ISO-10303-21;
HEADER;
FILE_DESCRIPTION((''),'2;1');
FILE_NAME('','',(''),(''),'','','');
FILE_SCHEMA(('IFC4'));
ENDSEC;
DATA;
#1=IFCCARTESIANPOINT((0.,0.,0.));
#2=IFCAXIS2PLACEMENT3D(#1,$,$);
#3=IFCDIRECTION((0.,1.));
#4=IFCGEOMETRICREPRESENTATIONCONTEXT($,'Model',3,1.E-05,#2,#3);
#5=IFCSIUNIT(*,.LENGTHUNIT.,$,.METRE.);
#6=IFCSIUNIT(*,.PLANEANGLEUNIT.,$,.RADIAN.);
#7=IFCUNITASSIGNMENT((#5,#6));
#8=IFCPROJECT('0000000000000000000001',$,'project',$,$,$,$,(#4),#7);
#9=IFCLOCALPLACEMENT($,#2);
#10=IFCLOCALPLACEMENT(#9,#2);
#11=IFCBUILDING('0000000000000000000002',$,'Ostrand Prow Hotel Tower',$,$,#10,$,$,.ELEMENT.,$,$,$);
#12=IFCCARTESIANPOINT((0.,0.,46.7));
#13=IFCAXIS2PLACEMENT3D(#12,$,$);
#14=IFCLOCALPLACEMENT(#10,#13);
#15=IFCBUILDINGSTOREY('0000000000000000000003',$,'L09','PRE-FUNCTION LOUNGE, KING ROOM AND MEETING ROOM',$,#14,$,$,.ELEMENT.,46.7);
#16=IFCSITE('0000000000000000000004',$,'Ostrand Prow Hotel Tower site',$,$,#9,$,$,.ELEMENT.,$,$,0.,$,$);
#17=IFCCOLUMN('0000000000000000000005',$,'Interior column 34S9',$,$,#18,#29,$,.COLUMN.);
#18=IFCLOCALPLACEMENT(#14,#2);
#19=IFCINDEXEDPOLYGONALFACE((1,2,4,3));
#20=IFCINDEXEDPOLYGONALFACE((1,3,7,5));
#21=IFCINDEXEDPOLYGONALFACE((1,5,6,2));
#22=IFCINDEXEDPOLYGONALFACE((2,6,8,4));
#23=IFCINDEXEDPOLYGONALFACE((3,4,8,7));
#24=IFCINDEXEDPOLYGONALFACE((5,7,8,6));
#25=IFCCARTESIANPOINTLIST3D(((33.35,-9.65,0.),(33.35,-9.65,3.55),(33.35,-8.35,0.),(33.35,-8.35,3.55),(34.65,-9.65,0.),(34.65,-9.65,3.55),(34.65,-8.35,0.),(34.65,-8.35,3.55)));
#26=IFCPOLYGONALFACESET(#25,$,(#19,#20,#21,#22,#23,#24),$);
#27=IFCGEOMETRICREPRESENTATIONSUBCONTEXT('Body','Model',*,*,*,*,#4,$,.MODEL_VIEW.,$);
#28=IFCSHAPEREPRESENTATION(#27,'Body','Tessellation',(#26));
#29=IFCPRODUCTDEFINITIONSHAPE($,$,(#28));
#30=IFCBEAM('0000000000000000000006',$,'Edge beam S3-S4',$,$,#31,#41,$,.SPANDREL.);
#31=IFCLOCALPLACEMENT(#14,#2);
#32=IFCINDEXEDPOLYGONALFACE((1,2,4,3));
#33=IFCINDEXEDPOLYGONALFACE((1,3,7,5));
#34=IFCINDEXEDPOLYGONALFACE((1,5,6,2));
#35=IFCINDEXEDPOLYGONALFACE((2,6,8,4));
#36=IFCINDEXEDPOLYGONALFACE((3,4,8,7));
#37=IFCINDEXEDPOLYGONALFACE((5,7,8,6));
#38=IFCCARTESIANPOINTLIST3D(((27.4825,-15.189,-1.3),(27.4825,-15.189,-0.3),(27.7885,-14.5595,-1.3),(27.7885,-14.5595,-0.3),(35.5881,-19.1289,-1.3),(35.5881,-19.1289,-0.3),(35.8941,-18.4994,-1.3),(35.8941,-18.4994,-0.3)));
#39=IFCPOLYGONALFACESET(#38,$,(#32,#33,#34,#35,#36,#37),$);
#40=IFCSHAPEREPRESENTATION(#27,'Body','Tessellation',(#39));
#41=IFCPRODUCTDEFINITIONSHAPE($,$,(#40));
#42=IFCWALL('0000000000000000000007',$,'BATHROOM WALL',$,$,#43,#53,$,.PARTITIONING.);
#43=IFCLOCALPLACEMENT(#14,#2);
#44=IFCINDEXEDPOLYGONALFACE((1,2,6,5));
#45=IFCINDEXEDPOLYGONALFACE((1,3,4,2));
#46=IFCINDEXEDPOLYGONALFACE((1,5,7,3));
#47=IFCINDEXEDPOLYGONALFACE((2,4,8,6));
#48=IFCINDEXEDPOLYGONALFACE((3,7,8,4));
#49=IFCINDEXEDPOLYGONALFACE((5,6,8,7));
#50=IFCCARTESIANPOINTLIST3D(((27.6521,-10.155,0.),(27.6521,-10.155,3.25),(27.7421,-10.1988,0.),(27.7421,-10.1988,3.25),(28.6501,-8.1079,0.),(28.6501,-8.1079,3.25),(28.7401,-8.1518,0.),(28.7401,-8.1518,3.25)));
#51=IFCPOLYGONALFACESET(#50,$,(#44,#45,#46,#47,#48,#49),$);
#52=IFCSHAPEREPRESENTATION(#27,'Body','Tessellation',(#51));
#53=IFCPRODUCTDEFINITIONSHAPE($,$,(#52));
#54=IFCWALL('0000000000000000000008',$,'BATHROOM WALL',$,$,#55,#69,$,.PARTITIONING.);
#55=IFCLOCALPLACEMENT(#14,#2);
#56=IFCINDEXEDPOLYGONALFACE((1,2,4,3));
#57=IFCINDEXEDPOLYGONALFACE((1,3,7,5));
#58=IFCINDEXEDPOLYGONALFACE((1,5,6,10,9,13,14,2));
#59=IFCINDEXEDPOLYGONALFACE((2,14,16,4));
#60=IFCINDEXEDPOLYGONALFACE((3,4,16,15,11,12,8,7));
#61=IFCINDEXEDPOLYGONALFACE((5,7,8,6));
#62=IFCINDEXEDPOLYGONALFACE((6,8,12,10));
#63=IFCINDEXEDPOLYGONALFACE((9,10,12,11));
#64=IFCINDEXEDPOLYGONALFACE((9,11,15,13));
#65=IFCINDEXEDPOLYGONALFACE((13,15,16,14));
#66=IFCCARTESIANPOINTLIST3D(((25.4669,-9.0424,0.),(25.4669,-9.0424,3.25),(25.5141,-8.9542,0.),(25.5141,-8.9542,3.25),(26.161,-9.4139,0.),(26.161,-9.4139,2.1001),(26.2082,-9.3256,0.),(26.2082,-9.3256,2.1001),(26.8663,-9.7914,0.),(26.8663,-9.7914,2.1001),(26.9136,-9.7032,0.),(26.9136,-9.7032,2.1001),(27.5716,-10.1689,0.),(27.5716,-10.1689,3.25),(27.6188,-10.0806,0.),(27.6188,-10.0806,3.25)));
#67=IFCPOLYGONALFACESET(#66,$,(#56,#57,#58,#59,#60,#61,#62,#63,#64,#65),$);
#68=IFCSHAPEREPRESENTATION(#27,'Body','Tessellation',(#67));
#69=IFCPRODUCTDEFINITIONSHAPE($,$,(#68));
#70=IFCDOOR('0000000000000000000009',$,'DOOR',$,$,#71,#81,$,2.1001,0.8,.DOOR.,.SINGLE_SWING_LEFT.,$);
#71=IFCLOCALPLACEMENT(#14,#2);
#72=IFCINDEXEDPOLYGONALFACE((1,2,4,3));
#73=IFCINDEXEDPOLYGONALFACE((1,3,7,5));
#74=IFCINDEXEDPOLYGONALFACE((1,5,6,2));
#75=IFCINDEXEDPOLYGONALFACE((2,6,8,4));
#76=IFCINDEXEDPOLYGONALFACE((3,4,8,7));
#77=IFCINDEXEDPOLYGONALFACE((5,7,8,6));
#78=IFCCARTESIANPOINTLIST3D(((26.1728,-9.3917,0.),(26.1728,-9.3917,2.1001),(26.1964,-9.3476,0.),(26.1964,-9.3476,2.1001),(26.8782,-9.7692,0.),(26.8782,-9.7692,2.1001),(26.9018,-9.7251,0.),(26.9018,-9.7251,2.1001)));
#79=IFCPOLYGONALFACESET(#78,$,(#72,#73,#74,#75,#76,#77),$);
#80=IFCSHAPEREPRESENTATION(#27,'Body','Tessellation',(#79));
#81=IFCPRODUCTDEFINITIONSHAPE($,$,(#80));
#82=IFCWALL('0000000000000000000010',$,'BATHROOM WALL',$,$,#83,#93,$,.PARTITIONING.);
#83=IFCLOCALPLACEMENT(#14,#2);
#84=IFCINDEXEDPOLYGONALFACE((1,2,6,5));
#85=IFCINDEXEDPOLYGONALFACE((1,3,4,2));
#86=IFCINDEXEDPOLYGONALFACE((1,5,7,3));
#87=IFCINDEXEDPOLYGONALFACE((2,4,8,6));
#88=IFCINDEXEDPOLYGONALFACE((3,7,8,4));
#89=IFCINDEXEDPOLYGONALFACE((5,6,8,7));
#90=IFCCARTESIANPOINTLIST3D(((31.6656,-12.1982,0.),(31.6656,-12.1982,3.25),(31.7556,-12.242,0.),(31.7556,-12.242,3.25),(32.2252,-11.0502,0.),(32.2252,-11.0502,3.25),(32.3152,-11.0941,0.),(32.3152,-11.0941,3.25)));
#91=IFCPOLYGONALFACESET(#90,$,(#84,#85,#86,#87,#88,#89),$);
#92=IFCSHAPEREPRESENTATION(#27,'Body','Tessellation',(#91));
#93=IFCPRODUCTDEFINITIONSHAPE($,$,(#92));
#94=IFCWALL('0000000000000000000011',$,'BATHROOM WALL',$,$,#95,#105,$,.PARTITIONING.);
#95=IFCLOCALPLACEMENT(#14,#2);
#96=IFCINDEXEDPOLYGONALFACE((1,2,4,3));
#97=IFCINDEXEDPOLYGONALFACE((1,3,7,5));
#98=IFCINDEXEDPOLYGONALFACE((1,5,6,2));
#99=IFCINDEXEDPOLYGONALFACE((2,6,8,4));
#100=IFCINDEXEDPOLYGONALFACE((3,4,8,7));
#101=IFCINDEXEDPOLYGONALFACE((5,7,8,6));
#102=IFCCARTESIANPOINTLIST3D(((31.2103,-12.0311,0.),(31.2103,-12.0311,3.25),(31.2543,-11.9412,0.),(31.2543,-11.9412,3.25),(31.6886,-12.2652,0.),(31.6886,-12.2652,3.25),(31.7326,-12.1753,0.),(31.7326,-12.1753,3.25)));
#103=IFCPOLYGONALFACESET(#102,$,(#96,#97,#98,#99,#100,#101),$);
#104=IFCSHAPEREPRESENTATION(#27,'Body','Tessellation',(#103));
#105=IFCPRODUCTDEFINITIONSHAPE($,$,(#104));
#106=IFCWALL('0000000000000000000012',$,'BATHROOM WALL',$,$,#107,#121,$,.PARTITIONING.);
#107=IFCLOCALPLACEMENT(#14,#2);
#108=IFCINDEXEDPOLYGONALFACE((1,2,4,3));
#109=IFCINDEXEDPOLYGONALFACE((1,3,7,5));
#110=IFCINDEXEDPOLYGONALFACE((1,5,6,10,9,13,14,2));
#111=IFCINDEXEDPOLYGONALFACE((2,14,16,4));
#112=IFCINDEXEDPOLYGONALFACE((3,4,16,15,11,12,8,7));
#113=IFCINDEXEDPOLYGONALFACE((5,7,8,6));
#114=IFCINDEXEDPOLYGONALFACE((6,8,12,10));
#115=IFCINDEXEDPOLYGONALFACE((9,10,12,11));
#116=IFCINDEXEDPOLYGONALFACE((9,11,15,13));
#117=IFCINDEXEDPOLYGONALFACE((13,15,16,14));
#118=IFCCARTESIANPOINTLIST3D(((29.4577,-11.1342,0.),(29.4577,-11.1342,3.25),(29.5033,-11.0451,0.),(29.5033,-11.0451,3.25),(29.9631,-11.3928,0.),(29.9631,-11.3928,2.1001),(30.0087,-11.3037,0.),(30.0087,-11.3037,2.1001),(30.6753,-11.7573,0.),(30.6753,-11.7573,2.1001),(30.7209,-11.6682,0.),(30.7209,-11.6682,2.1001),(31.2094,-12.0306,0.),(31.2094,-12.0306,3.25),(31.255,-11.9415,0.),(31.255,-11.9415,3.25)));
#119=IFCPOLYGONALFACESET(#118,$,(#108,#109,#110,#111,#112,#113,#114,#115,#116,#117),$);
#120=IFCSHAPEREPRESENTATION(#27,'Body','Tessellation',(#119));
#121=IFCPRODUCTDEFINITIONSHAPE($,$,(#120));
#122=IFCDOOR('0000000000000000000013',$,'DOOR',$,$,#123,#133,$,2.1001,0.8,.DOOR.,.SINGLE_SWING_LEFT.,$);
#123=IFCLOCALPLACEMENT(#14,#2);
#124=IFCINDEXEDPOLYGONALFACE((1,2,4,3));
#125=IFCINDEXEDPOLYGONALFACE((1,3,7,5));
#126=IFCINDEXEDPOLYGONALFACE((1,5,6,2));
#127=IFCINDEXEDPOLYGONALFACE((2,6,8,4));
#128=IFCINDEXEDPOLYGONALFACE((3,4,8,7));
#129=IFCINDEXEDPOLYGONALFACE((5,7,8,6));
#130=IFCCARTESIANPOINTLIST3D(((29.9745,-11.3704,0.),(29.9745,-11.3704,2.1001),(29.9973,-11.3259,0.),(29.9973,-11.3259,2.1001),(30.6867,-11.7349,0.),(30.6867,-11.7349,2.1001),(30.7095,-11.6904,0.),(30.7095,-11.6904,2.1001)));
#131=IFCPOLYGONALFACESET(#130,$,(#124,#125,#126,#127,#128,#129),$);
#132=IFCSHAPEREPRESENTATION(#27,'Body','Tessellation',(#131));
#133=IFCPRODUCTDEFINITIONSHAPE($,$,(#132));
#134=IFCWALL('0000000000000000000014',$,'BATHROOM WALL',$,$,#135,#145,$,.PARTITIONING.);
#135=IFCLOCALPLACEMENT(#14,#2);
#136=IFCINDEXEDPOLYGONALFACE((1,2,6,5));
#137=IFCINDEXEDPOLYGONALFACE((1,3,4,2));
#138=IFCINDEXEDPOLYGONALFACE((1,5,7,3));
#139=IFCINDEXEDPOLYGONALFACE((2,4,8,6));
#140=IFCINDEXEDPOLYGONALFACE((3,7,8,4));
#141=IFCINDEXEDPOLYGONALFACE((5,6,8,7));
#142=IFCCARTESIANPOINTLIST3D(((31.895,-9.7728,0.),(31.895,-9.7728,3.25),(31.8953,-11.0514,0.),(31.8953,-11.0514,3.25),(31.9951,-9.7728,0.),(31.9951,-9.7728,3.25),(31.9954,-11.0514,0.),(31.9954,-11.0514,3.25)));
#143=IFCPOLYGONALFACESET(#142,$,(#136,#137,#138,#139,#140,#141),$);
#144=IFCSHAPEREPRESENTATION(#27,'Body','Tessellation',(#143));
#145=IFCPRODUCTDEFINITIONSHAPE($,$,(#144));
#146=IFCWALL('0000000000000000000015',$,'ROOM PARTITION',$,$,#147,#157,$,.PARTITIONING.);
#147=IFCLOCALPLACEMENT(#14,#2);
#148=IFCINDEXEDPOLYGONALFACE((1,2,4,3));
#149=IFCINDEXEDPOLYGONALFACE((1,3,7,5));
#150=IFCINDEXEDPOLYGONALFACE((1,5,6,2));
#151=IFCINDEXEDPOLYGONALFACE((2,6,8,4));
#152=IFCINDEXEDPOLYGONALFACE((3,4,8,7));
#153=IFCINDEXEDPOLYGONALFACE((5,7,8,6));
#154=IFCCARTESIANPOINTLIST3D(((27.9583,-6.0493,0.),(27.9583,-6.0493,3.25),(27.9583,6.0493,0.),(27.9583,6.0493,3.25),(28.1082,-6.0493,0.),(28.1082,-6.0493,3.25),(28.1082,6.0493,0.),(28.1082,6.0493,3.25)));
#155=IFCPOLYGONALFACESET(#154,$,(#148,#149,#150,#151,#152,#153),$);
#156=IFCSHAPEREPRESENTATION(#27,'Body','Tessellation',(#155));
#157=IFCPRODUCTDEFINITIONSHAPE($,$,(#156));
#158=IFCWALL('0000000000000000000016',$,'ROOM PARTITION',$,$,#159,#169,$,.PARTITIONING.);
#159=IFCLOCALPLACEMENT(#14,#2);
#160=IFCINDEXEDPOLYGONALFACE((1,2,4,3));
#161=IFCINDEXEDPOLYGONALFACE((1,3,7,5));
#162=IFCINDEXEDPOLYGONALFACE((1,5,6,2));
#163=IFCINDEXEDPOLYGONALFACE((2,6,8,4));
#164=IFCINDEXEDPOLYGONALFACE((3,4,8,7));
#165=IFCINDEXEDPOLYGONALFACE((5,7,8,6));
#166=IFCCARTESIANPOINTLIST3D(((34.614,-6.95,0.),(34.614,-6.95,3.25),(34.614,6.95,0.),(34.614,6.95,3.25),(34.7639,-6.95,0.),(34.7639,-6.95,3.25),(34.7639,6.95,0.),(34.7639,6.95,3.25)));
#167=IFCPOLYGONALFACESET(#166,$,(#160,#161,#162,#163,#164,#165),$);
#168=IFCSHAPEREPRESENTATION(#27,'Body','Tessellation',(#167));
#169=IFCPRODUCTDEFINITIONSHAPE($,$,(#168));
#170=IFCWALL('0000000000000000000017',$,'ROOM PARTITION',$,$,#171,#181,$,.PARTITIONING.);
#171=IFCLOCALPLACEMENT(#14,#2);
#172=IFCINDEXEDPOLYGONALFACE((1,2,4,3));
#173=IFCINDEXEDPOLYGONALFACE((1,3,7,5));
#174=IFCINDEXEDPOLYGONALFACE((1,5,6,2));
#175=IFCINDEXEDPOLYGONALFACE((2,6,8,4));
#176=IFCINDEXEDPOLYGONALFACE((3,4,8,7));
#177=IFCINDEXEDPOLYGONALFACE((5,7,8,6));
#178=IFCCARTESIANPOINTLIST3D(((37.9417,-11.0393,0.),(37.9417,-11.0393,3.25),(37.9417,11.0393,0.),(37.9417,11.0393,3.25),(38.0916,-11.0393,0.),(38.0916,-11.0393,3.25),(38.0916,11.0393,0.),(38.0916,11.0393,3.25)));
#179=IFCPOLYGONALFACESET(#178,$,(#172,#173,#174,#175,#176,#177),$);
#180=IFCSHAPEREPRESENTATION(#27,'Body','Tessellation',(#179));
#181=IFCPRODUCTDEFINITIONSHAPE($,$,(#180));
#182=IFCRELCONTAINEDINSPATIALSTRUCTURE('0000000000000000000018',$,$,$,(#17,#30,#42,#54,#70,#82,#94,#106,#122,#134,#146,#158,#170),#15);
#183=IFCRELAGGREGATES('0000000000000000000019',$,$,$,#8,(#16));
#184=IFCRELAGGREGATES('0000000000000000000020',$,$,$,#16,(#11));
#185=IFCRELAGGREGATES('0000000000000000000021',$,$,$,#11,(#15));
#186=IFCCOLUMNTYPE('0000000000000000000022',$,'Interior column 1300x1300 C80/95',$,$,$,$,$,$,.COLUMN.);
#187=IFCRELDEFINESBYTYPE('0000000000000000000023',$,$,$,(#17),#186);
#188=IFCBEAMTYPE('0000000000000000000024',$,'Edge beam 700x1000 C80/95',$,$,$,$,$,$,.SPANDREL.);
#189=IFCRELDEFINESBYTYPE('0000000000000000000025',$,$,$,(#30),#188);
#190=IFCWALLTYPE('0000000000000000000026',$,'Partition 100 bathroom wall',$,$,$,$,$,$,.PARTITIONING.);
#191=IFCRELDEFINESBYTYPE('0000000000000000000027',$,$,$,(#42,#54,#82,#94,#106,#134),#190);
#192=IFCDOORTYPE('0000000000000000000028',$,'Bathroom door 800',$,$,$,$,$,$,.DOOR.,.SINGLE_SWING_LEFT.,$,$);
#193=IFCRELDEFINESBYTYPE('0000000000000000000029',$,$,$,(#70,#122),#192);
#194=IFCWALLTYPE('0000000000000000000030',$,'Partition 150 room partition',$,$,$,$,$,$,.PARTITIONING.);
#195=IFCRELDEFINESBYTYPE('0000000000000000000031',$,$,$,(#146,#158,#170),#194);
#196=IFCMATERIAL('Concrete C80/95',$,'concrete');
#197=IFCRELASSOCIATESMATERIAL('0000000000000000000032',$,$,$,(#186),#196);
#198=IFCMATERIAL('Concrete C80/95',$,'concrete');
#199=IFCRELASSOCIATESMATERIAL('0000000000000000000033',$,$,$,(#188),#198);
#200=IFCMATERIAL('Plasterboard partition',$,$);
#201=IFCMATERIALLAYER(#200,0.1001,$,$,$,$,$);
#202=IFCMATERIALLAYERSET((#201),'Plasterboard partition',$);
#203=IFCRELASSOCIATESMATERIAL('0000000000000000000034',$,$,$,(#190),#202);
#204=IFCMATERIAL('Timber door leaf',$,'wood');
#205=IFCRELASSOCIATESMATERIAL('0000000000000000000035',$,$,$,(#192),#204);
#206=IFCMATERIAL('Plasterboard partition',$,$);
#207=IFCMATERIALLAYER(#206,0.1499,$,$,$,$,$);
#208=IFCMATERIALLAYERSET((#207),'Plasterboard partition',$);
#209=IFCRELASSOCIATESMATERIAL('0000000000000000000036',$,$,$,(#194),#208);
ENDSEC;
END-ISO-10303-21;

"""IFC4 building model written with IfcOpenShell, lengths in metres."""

from ifc_helpers import new_model, si_unit, direction, frame, frame_2d, origin, origin_2d, place, context, subcontext, project, spatial, rectangle, extrude, material, layer, layer_set, material_profile, profile_set, type_object, element, fill, save


model = new_model("IFC4")

# Units and contexts
model_context = context("Model", 3, precision=1e-05, world=origin(), true_north=direction((0.0, 1.0)))
body_context = subcontext(model_context, "Body", "Model", "MODEL_VIEW")
ifc_project = project(units=[si_unit("LENGTHUNIT", "METRE"), si_unit("PLANEANGLEUNIT", "RADIAN")], contexts=[model_context])

# Site, building, storey
site_placement = place(None, origin())
site = spatial("IfcSite", under=ifc_project, at=site_placement, Name="Ostrand Prow Hotel Tower site", CompositionType="ELEMENT", RefElevation=0.0)
building_placement = place(site_placement, origin())
building = spatial("IfcBuilding", under=site, at=building_placement, Name="Ostrand Prow Hotel Tower", CompositionType="ELEMENT")
storey_placement = place(building_placement, frame((0.0, 0.0, 46.7)))
storey = spatial("IfcBuildingStorey", under=building, at=storey_placement, Name="L09", Description="PRE-FUNCTION LOUNGE, KING ROOM AND MEETING ROOM", CompositionType="ELEMENT", Elevation=46.7)

# Column
ifc_material_1 = material(Name="Concrete C80/95", Category="concrete")
ifc_material_profile_1 = material_profile(ifc_material_1, rectangle(XDim=1.3, YDim=1.3, at=origin_2d()), Name="RC 1300x1300")
ifc_profile_set_1 = profile_set([ifc_material_profile_1], Name="Concrete C80/95")
column_type = type_object("IfcColumnType", Name="Interior column 1300x1300 C80/95", PredefinedType="COLUMN", material=ifc_profile_set_1)
column_placement = place(storey_placement, frame((34.0, -9.0, 0.0), z_axis=(0.0, 0.0, 1.0), x_axis=(1.0, 0.0, 0.0)))
element("IfcColumn", 1, at=column_placement, inside=storey, type_object=column_type, Name="Interior column 34S9", PredefinedType="COLUMN", context=body_context, shape_type="SweptSolid", body=[
    extrude(rectangle(XDim=1.3, YDim=1.3, at=origin_2d()), origin(), (0.0, 0.0, 1.0), 3.55),
])

# Beam
ifc_material_2 = material(Name="Concrete C80/95", Category="concrete")
ifc_material_profile_2 = material_profile(ifc_material_2, rectangle(XDim=0.7, YDim=1.0, at=origin_2d()), Name="RC 700x1000")
ifc_profile_set_2 = profile_set([ifc_material_profile_2], Name="Concrete C80/95")
beam_type = type_object("IfcBeamType", Name="Edge beam 700x1000 C80/95", PredefinedType="SPANDREL", material=ifc_profile_set_2)
beam_placement = place(storey_placement, frame((27.6355, -14.8743, -0.8), z_axis=(0.899382, -0.437163, 0.0), x_axis=(0.437163, 0.899382, 0.0)))
element("IfcBeam", 2, at=beam_placement, inside=storey, type_object=beam_type, Name="Edge beam S3-S4", PredefinedType="SPANDREL", context=body_context, shape_type="SweptSolid", body=[
    extrude(rectangle(XDim=0.7, YDim=1.0, at=origin_2d()), origin(), (0.0, 0.0, 1.0), 9.0125),
])

# Wall
ifc_material_3 = material(Name="Plasterboard partition")
ifc_layer_1 = layer(ifc_material_3, 0.1001)
ifc_layer_set_1 = layer_set([ifc_layer_1], Name="Plasterboard partition")
wall_type_1 = type_object("IfcWallType", Name="Partition 100 bathroom wall", PredefinedType="PARTITIONING", material=ifc_layer_set_1)
wall_1_placement = place(storey_placement, frame((28.6951, -8.1299, 0.0), z_axis=(0.0, 0.0, 1.0), x_axis=(-0.438229, -0.898863, 0.0)))
element("IfcWall", 3, at=wall_1_placement, inside=storey, type_object=wall_type_1, Name="BATHROOM WALL", PredefinedType="PARTITIONING", context=body_context, shape_type="SweptSolid", body=[
    extrude(rectangle(XDim=2.2773, YDim=0.1001, at=frame_2d((1.1387, 0.0))), origin(), (0.0, 0.0, 1.0), 3.25),
])

# Wall, opening, door
wall_2_placement = place(storey_placement, frame((27.5952, -10.1248, 0.0), z_axis=(0.0, 0.0, 1.0), x_axis=(-0.881667, 0.471872, 0.0)))
wall_2 = element("IfcWall", 4, at=wall_2_placement, inside=storey, type_object=wall_type_1, Name="BATHROOM WALL", PredefinedType="PARTITIONING", context=body_context, shape_type="SweptSolid", body=[
    extrude(rectangle(XDim=2.3872, YDim=0.1001, at=frame_2d((1.1936, 0.0))), origin(), (0.0, 0.0, 1.0), 3.25),
])
opening_1_placement = place(wall_2_placement, frame((0.8, 0.0, 0.0)))
opening_1 = element("IfcOpeningElement", 5, at=opening_1_placement, cuts=wall_2, PredefinedType="OPENING", context=body_context, shape_type="SweptSolid", body=[
    extrude(rectangle(XDim=0.8, YDim=2.1001, at=frame_2d((0.3999, 1.05))), frame((0.0, 0.0601, 0.0), z_axis=(0.0, -1.0, 0.0), x_axis=(1.0, 0.0, 0.0)), (0.0, 0.0, 1.0), 0.1201),
])
ifc_material_4 = material(Name="Timber door leaf", Category="wood")
door_type_1 = type_object("IfcDoorType", Name="Bathroom door 800", OperationType="SINGLE_SWING_LEFT", PredefinedType="DOOR", material=ifc_material_4)
door_1_placement = place(opening_1_placement, origin())
door_1 = element("IfcDoor", 6, at=door_1_placement, inside=storey, type_object=door_type_1, Name="DOOR", OperationType="SINGLE_SWING_LEFT", OverallHeight=2.1001, OverallWidth=0.8, PredefinedType="DOOR", context=body_context, shape_type="SweptSolid", body=[
    extrude(rectangle(XDim=0.8, YDim=2.1001, at=frame_2d((0.3999, 1.05))), frame((0.0, 0.0249, 0.0), z_axis=(0.0, -1.0, 0.0), x_axis=(1.0, 0.0, 0.0)), (0.0, 0.0, 1.0), 0.05),
])
fill(opening_1, door_1)

# Walls
wall_3_placement = place(storey_placement, frame((32.2703, -11.072, 0.0), z_axis=(0.0, 0.0, 1.0), x_axis=(-0.438167, -0.898893, 0.0)))
element("IfcWall", 7, at=wall_3_placement, inside=storey, type_object=wall_type_1, Name="BATHROOM WALL", PredefinedType="PARTITIONING", context=body_context, shape_type="SweptSolid", body=[
    extrude(rectangle(XDim=1.2771, YDim=0.1001, at=frame_2d((0.6387, 0.0))), origin(), (0.0, 0.0, 1.0), 3.25),
])
wall_4_placement = place(storey_placement, frame((31.7104, -12.2202, 0.0), z_axis=(0.0, 0.0, 1.0), x_axis=(-0.898155, 0.439679, 0.0)))
element("IfcWall", 8, at=wall_4_placement, inside=storey, type_object=wall_type_1, Name="BATHROOM WALL", PredefinedType="PARTITIONING", context=body_context, shape_type="SweptSolid", body=[
    extrude(rectangle(XDim=0.5325, YDim=0.1001, at=frame_2d((0.2661, 0.0))), origin(), (0.0, 0.0, 1.0), 3.25),
])

# Wall, opening, door
wall_5_placement = place(storey_placement, frame((31.2322, -11.9861, 0.0), z_axis=(0.0, 0.0, 1.0), x_axis=(-0.890194, 0.455581, 0.0)))
wall_5 = element("IfcWall", 9, at=wall_5_placement, inside=storey, type_object=wall_type_1, Name="BATHROOM WALL", PredefinedType="PARTITIONING", context=body_context, shape_type="SweptSolid", body=[
    extrude(rectangle(XDim=1.9678, YDim=0.1001, at=frame_2d((0.9839, 0.0))), origin(), (0.0, 0.0, 1.0), 3.25),
])
opening_2_placement = place(wall_5_placement, frame((0.6001, 0.0, 0.0)))
opening_2 = element("IfcOpeningElement", 10, at=opening_2_placement, cuts=wall_5, PredefinedType="OPENING", context=body_context, shape_type="SweptSolid", body=[
    extrude(rectangle(XDim=0.8, YDim=2.1001, at=frame_2d((0.3999, 1.05))), frame((0.0, 0.0601, 0.0), z_axis=(0.0, -1.0, 0.0), x_axis=(1.0, 0.0, 0.0)), (0.0, 0.0, 1.0), 0.1201),
])
door_2_placement = place(opening_2_placement, origin())
door_2 = element("IfcDoor", 11, at=door_2_placement, inside=storey, type_object=door_type_1, Name="DOOR", OperationType="SINGLE_SWING_LEFT", OverallHeight=2.1001, OverallWidth=0.8, PredefinedType="DOOR", context=body_context, shape_type="SweptSolid", body=[
    extrude(rectangle(XDim=0.8, YDim=2.1001, at=frame_2d((0.3999, 1.05))), frame((0.0, 0.0249, 0.0), z_axis=(0.0, -1.0, 0.0), x_axis=(1.0, 0.0, 0.0)), (0.0, 0.0, 1.0), 0.05),
])
fill(opening_2, door_2)

# Walls
wall_6_placement = place(storey_placement, frame((31.9451, -9.7729, 0.0), z_axis=(0.0, 0.0, 1.0), x_axis=(0.000191, -1.0, 0.0)))
element("IfcWall", 12, at=wall_6_placement, inside=storey, type_object=wall_type_1, Name="BATHROOM WALL", PredefinedType="PARTITIONING", context=body_context, shape_type="SweptSolid", body=[
    extrude(rectangle(XDim=1.2786, YDim=0.1001, at=frame_2d((0.6392, 0.0))), origin(), (0.0, 0.0, 1.0), 3.25),
])
ifc_material_5 = material(Name="Plasterboard partition")
ifc_layer_2 = layer(ifc_material_5, 0.1499)
ifc_layer_set_2 = layer_set([ifc_layer_2], Name="Plasterboard partition")
wall_type_2 = type_object("IfcWallType", Name="Partition 150 room partition", PredefinedType="PARTITIONING", material=ifc_layer_set_2)
wall_7_placement = place(storey_placement, frame((28.0332, -6.0493, 0.0), z_axis=(0.0, 0.0, 1.0), x_axis=(0.0, 1.0, 0.0)))
element("IfcWall", 13, at=wall_7_placement, inside=storey, type_object=wall_type_2, Name="ROOM PARTITION", PredefinedType="PARTITIONING", context=body_context, shape_type="SweptSolid", body=[
    extrude(rectangle(XDim=12.0986, YDim=0.1499, at=frame_2d((6.0493, 0.0))), origin(), (0.0, 0.0, 1.0), 3.25),
])
wall_8_placement = place(storey_placement, frame((34.689, -6.95, 0.0), z_axis=(0.0, 0.0, 1.0), x_axis=(0.0, 1.0, 0.0)))
element("IfcWall", 14, at=wall_8_placement, inside=storey, type_object=wall_type_2, Name="ROOM PARTITION", PredefinedType="PARTITIONING", context=body_context, shape_type="SweptSolid", body=[
    extrude(rectangle(XDim=13.8999, YDim=0.1499, at=frame_2d((6.95, 0.0))), origin(), (0.0, 0.0, 1.0), 3.25),
])
wall_9_placement = place(storey_placement, frame((38.0166, -11.0393, 0.0), z_axis=(0.0, 0.0, 1.0), x_axis=(0.0, 1.0, 0.0)))
element("IfcWall", 15, at=wall_9_placement, inside=storey, type_object=wall_type_2, Name="ROOM PARTITION", PredefinedType="PARTITIONING", context=body_context, shape_type="SweptSolid", body=[
    extrude(rectangle(XDim=22.0786, YDim=0.1499, at=frame_2d((11.0393, 0.0))), origin(), (0.0, 0.0, 1.0), 3.25),
])

save(model, "model.ifc")
